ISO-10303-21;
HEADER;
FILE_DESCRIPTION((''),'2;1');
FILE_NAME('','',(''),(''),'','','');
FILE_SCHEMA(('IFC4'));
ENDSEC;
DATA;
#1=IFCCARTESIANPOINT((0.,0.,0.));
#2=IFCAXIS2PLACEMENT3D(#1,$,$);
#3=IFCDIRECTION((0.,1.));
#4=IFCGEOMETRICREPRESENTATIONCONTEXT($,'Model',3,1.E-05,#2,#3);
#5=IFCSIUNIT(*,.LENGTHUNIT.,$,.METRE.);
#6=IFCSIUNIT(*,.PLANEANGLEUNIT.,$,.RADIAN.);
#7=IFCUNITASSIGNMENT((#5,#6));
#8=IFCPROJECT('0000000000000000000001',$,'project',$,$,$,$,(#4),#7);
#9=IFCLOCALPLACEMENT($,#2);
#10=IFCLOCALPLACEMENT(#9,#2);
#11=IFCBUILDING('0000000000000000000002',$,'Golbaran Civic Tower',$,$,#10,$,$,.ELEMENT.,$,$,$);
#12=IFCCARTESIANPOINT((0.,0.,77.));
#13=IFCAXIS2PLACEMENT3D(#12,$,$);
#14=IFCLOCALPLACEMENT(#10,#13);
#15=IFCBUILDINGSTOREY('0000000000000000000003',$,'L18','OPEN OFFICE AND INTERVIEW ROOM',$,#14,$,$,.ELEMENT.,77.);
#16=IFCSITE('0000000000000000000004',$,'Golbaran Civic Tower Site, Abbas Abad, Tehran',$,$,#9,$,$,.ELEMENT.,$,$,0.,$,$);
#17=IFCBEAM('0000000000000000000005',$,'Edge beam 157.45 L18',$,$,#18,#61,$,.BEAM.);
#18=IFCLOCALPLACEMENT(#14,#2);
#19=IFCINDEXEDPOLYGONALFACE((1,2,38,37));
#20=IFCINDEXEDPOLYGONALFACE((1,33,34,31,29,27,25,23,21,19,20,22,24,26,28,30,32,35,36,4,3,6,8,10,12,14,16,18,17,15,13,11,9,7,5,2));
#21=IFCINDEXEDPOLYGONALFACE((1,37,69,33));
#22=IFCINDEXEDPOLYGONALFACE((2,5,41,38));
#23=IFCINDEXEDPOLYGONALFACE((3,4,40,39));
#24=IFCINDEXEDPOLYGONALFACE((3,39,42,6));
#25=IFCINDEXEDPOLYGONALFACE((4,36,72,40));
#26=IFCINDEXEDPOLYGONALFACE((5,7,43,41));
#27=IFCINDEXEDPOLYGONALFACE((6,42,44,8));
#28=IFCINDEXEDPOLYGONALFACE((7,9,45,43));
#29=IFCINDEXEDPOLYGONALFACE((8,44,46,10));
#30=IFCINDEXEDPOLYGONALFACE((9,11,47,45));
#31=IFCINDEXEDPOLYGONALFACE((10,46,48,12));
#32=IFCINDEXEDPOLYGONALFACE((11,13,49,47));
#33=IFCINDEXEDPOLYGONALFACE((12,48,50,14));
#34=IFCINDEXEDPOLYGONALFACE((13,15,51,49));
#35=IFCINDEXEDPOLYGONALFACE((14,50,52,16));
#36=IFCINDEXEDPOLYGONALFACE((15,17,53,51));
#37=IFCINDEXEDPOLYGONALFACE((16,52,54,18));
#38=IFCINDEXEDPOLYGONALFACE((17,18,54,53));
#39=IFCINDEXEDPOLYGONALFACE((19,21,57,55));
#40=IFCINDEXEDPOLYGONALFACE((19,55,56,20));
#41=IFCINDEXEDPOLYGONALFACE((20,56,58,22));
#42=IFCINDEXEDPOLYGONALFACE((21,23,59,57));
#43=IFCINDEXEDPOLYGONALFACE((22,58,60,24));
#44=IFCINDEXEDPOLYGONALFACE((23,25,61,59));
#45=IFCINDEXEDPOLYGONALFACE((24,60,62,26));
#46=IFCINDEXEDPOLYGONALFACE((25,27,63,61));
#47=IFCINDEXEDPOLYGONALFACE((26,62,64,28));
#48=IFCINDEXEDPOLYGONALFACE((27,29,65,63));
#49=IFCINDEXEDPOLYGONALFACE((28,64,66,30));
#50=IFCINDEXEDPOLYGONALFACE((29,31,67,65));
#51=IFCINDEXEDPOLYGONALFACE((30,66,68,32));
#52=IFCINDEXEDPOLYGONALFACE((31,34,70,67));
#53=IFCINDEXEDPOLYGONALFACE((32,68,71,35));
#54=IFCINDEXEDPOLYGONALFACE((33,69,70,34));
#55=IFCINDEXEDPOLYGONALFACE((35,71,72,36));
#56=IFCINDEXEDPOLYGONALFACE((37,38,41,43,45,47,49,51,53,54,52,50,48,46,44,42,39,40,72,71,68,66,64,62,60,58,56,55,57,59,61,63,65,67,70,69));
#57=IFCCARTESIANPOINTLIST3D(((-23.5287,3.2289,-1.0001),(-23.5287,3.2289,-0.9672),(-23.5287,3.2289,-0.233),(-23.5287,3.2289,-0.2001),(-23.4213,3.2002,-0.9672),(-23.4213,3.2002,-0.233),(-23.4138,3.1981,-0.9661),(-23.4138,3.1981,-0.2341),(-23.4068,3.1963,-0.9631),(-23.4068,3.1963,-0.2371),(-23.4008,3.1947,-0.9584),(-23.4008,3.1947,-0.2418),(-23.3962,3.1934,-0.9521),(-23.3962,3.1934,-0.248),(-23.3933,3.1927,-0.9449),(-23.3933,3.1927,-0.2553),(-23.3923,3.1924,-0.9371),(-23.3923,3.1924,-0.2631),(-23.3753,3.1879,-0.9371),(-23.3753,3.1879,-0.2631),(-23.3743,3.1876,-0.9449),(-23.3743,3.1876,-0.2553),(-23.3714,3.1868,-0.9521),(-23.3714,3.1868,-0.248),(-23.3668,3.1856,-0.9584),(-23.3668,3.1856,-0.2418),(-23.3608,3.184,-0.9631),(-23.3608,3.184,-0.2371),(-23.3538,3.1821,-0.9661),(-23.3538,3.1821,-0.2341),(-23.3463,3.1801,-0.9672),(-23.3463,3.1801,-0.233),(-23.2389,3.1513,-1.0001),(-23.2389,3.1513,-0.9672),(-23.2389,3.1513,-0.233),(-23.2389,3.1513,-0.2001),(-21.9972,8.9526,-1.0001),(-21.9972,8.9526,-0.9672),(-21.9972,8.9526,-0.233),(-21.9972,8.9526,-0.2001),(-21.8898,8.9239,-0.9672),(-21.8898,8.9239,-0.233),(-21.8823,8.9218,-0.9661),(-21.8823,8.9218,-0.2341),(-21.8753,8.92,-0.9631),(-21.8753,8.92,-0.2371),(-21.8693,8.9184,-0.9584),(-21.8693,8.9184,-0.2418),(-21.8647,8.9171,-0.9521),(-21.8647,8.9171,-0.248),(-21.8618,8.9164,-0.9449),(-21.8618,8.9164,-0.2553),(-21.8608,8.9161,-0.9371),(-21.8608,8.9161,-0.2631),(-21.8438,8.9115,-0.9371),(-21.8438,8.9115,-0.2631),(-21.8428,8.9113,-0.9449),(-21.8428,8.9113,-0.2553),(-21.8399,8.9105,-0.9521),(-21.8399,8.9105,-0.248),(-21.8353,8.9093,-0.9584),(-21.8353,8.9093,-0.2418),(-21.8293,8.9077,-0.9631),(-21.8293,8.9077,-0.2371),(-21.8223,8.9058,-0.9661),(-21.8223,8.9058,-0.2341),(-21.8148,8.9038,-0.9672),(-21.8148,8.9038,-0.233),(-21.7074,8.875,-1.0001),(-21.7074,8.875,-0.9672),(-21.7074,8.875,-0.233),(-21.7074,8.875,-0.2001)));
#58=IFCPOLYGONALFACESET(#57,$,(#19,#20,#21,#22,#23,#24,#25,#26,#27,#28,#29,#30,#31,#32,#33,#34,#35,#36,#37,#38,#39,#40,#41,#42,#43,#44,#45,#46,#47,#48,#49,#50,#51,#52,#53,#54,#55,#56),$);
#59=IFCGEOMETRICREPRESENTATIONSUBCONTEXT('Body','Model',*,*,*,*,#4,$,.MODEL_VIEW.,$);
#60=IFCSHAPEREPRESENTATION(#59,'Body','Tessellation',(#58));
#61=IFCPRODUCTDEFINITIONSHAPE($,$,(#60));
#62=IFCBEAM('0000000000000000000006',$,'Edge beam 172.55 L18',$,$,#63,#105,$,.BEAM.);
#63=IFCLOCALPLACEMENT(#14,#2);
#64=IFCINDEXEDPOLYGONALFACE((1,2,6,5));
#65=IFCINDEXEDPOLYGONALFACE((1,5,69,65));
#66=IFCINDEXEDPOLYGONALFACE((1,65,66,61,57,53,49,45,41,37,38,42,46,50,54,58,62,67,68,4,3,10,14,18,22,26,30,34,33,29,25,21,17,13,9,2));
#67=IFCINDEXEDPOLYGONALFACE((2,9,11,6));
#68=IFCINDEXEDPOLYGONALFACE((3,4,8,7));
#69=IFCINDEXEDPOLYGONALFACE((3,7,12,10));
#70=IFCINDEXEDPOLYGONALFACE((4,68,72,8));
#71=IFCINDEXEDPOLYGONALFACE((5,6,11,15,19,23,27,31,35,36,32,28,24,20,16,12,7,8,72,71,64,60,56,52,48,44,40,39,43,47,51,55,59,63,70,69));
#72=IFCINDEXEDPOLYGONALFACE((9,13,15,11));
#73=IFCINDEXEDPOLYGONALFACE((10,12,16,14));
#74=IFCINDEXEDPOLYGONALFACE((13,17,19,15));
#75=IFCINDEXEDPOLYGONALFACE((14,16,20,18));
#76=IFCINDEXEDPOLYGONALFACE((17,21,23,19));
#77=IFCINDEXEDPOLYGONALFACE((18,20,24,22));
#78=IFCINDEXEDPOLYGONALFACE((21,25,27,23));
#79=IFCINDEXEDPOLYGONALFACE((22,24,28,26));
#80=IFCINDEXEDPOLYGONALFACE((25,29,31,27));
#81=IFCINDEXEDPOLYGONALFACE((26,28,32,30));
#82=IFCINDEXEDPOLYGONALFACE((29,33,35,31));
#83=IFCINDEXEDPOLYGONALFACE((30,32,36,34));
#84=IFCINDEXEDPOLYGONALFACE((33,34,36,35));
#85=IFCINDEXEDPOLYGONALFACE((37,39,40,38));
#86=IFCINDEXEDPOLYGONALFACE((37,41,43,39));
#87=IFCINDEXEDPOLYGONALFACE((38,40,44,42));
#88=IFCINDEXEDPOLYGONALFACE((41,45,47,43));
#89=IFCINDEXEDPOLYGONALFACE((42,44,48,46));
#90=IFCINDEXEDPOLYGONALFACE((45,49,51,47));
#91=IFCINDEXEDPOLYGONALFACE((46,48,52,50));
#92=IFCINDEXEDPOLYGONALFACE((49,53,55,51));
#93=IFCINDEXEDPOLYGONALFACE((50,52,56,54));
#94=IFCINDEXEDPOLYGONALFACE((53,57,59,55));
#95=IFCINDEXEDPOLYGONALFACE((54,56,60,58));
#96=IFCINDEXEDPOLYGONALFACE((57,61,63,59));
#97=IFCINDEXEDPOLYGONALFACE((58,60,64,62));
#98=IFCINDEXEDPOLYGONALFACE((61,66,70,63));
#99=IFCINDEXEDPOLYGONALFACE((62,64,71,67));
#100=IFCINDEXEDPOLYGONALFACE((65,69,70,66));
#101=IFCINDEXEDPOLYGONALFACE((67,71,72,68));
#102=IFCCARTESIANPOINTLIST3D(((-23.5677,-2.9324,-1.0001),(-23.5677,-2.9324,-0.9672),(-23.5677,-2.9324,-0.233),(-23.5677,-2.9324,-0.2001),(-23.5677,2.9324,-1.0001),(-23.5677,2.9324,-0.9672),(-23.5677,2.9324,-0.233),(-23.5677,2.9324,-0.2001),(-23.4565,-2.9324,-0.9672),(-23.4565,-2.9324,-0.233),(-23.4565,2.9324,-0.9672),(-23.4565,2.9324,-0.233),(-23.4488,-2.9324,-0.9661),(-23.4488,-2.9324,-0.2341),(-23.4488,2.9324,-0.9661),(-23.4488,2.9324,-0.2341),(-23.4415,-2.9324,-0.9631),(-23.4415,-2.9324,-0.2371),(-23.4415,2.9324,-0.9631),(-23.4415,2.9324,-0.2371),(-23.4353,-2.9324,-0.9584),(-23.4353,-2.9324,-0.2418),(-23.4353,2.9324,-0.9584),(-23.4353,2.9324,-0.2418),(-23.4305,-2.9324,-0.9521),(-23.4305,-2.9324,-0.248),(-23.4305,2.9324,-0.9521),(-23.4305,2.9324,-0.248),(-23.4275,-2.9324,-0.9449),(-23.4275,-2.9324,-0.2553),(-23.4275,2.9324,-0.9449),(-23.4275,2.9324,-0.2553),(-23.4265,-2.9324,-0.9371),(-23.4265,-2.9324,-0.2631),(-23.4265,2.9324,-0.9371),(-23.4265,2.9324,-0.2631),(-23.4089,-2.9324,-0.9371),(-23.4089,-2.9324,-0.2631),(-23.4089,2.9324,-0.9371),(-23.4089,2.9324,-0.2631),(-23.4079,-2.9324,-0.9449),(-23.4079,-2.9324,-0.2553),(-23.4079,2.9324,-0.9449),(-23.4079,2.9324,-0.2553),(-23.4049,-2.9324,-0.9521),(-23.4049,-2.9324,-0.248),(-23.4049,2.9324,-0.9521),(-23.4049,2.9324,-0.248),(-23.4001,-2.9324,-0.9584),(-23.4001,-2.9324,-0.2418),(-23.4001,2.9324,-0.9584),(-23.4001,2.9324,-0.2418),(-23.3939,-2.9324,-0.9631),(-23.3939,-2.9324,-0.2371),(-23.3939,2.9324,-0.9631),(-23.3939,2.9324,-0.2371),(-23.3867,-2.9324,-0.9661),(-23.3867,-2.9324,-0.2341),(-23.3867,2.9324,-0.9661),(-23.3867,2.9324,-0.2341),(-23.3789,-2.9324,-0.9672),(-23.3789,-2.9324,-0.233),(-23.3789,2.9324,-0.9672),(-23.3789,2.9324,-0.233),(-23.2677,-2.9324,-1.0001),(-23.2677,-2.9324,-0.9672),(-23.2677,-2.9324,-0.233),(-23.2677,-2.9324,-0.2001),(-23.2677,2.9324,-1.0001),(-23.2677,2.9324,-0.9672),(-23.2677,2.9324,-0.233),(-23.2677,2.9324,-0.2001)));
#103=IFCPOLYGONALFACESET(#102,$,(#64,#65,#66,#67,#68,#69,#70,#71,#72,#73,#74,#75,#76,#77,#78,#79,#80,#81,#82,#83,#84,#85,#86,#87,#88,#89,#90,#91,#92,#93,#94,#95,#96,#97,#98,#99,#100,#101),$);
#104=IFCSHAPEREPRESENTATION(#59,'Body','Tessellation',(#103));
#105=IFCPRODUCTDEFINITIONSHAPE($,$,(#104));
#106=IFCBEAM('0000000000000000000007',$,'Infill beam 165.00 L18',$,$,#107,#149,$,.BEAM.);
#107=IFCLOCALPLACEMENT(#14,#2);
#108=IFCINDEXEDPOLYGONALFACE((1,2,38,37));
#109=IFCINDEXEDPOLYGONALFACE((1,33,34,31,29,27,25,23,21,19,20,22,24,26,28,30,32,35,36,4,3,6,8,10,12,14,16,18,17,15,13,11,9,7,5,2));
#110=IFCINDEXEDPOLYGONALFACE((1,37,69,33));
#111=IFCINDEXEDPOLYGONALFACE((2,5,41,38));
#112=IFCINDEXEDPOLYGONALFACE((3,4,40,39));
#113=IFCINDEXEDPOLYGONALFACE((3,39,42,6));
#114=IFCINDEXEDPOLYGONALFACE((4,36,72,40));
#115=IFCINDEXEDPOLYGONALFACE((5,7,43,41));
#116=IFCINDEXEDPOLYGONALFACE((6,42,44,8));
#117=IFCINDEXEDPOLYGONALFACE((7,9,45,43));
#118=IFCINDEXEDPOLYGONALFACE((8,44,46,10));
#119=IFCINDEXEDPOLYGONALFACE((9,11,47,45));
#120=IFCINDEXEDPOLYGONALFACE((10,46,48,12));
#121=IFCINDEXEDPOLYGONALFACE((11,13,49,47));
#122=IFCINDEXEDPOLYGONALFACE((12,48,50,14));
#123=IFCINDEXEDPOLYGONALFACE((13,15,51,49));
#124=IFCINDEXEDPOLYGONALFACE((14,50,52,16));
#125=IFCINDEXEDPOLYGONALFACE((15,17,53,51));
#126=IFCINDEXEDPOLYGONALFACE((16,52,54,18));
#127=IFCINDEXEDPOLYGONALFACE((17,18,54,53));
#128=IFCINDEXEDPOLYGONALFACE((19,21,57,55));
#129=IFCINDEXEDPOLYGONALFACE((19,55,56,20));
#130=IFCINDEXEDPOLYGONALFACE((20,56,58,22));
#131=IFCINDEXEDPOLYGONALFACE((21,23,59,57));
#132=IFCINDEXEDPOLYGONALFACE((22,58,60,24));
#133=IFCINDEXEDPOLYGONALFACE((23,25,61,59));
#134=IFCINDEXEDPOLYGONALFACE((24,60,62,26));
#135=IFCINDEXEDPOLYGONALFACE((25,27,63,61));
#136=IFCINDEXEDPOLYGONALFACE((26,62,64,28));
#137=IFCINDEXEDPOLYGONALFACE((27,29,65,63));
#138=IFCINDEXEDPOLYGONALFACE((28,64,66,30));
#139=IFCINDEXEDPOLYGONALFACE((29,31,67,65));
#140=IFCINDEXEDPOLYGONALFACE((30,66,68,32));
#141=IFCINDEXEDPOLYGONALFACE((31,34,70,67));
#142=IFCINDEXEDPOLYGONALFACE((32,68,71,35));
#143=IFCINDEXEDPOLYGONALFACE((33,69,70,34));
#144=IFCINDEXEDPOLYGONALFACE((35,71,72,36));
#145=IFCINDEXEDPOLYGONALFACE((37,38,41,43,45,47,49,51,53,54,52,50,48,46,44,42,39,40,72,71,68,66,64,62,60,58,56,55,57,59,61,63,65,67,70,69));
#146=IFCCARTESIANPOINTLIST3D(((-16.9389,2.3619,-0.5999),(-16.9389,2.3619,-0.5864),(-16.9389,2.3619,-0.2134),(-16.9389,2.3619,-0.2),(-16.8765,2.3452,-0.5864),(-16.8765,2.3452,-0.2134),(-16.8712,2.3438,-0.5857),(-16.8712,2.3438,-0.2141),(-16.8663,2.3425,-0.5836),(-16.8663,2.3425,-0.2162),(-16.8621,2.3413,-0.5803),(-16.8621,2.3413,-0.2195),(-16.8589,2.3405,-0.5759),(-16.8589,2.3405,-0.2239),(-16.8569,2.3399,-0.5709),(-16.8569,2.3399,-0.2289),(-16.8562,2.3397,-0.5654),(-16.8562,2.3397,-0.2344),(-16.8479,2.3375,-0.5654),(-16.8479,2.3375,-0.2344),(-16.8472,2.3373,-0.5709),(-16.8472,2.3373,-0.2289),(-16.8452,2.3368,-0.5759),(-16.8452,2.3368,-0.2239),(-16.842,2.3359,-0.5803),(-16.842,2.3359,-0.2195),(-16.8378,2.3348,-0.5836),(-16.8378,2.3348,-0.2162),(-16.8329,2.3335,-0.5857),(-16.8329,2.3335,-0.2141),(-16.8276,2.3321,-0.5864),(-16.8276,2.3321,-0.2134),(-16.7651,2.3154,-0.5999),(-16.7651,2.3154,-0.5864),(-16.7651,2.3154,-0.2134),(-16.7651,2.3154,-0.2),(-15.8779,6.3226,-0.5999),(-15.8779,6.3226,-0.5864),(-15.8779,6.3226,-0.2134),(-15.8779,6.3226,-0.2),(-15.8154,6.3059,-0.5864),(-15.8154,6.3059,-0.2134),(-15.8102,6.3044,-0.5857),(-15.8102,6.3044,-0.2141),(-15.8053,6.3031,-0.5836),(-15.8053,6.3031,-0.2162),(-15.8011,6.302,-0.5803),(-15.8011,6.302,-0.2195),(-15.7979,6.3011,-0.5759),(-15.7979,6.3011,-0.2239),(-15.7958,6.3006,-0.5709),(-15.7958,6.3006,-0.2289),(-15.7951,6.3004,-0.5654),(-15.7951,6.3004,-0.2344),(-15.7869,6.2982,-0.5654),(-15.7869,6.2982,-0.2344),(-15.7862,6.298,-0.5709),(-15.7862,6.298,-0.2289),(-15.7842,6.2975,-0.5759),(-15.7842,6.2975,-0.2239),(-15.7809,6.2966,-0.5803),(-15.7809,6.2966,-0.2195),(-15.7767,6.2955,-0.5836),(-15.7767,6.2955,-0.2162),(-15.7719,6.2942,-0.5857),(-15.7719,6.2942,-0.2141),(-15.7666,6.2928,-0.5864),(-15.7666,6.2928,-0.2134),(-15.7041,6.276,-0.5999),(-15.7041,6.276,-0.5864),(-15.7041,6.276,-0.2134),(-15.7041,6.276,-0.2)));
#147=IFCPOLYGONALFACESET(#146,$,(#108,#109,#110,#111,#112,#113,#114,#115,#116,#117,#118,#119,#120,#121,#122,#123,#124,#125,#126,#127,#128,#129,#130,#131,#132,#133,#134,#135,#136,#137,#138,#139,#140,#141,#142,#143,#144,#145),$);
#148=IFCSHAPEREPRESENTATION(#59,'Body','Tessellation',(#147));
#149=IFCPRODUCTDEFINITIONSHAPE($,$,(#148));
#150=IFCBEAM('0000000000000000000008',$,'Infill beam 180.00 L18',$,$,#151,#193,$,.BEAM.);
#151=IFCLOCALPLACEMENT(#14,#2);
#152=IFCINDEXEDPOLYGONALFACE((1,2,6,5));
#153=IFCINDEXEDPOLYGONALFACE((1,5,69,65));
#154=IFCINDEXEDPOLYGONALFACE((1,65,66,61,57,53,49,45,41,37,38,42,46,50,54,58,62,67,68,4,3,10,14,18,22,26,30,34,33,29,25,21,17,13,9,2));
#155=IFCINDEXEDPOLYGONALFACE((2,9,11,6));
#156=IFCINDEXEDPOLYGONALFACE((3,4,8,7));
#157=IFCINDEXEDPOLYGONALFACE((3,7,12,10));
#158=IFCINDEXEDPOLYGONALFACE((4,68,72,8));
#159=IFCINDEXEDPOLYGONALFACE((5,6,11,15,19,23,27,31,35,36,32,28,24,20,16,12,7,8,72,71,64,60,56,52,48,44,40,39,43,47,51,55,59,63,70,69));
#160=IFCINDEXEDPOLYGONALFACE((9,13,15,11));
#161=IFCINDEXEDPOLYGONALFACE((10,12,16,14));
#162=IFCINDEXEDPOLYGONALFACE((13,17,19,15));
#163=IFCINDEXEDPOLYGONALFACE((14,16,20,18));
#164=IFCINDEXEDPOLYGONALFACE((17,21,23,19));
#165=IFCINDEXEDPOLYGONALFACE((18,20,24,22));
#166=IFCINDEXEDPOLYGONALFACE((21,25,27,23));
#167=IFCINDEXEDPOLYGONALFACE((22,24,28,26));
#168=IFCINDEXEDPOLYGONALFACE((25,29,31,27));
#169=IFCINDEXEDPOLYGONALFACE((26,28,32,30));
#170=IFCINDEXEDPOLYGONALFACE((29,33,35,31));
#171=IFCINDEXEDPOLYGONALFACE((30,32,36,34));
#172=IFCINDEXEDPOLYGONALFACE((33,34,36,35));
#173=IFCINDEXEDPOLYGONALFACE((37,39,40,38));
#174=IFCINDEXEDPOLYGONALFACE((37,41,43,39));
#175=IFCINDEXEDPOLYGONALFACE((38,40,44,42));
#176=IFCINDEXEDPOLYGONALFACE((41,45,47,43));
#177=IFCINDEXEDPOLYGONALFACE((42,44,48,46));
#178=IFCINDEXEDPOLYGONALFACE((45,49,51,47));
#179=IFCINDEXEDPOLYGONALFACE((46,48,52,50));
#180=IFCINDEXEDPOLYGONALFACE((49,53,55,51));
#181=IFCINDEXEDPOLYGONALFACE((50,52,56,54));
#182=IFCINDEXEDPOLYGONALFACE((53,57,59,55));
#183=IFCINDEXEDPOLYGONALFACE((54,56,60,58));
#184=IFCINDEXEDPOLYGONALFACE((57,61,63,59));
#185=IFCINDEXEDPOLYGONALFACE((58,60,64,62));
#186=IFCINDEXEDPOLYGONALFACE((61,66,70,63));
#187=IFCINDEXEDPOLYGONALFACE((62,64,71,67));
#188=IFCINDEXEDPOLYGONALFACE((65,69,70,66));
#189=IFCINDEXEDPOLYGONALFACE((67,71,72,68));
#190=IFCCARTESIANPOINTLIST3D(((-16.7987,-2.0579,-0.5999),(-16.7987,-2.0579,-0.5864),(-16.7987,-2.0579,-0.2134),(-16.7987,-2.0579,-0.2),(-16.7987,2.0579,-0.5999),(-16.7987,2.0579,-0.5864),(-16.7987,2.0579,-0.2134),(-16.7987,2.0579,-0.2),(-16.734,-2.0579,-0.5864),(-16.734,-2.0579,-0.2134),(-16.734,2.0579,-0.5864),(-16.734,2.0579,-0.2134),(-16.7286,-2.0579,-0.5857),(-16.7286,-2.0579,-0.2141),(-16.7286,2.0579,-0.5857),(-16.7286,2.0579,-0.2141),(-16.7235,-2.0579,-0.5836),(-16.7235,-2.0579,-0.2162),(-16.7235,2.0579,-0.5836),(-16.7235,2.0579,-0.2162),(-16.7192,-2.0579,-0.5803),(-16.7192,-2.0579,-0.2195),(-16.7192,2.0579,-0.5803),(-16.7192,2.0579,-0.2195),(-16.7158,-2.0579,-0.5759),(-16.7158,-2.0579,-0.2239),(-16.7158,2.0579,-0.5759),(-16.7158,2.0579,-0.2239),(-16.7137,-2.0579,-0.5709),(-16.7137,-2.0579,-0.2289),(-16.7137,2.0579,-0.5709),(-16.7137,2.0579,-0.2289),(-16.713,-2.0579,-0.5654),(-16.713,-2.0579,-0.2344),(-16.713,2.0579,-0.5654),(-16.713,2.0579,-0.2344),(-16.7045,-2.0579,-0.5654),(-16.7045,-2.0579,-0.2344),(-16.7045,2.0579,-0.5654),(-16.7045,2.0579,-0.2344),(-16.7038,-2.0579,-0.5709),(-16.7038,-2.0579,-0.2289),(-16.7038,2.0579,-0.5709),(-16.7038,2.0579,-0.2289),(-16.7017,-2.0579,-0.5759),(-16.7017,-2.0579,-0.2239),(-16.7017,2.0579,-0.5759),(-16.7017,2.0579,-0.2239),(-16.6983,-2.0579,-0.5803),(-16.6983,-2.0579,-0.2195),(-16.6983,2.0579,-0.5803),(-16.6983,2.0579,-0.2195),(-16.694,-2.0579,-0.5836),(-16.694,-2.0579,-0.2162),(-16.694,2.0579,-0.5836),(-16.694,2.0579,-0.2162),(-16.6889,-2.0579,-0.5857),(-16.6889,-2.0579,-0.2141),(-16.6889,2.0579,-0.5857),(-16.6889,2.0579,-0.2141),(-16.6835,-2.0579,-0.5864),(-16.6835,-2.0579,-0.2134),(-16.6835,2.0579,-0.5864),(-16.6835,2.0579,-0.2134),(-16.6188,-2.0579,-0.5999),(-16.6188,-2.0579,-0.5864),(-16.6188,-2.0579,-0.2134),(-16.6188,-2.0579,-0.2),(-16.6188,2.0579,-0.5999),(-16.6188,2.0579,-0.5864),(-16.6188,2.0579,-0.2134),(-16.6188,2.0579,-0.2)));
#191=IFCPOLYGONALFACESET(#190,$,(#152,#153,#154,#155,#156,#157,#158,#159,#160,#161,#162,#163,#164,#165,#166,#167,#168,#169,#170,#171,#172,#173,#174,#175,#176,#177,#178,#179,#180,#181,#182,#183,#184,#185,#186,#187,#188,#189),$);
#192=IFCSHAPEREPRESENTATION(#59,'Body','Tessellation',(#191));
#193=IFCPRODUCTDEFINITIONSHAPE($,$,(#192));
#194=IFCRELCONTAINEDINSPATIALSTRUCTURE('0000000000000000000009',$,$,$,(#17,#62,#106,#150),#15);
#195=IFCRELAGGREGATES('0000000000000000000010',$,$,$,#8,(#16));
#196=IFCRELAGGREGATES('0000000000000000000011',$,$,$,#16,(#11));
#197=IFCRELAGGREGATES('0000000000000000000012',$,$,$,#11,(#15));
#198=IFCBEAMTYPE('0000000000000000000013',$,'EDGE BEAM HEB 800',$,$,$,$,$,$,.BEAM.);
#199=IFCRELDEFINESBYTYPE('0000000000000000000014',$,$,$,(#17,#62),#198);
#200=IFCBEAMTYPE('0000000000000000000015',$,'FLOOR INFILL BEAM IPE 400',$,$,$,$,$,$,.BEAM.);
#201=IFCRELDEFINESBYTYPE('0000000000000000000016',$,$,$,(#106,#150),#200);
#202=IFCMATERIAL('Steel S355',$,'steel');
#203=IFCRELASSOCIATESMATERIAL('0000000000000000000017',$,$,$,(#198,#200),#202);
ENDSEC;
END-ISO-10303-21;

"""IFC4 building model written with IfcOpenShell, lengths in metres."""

from ifc_helpers import new_model, si_unit, direction, frame, origin, origin_2d, place, context, subcontext, project, spatial, i_section, extrude, material, material_profile, profile_set, type_object, element, save


model = new_model("IFC4")

# Units and contexts
model_context = context("Model", 3, precision=1e-05, world=origin(), true_north=direction((0.0, 1.0)))
body_context = subcontext(model_context, "Body", "Model", "MODEL_VIEW")
ifc_project = project(units=[si_unit("LENGTHUNIT", "METRE"), si_unit("PLANEANGLEUNIT", "RADIAN")], contexts=[model_context])

# Site, building, storey
site_placement = place(None, origin())
site = spatial("IfcSite", under=ifc_project, at=site_placement, Name="Golbaran Civic Tower Site, Abbas Abad, Tehran", CompositionType="ELEMENT", RefElevation=0.0)
building_placement = place(site_placement, origin())
building = spatial("IfcBuilding", under=site, at=building_placement, Name="Golbaran Civic Tower", CompositionType="ELEMENT")
storey_placement = place(building_placement, frame((0.0, 0.0, 77.0)))
storey = spatial("IfcBuildingStorey", under=building, at=storey_placement, Name="L18", Description="OPEN OFFICE AND INTERVIEW ROOM", CompositionType="ELEMENT", Elevation=77.0)

# Beams
ifc_material_1 = material(Name="Steel S355", Category="steel")
ifc_material_profile_1 = material_profile(ifc_material_1, i_section(OverallWidth=0.3, OverallDepth=0.8, WebThickness=0.0176, FlangeThickness=0.033, FilletRadius=0.03, at=origin_2d()), Name="HEB 800")
ifc_profile_set_1 = profile_set([ifc_material_profile_1], Name="Steel S355")
beam_type_1 = type_object("IfcBeamType", Name="EDGE BEAM HEB 800", PredefinedType="BEAM", material=ifc_profile_set_1)
beam_1_placement = place(storey_placement, frame((-21.8523, 8.9138, -0.6001), z_axis=(-0.258481, -0.966016, 0.0), x_axis=(0.966016, -0.258481, 0.0)))
element("IfcBeam", 1, at=beam_1_placement, inside=storey, type_object=beam_type_1, Name="Edge beam 157.45 L18", PredefinedType="BEAM", context=body_context, shape_type="SweptSolid", body=[
    extrude(i_section(OverallWidth=0.3, OverallDepth=0.8, WebThickness=0.0176, FlangeThickness=0.033, FilletRadius=0.03, at=origin_2d()), origin(), (0.0, 0.0, 1.0), 5.925),
])
beam_2_placement = place(storey_placement, frame((-23.4177, 2.9324, -0.6001), z_axis=(0.0, -1.0, 0.0), x_axis=(1.0, 0.0, 0.0)))
element("IfcBeam", 2, at=beam_2_placement, inside=storey, type_object=beam_type_1, Name="Edge beam 172.55 L18", PredefinedType="BEAM", context=body_context, shape_type="SweptSolid", body=[
    extrude(i_section(OverallWidth=0.3, OverallDepth=0.8, WebThickness=0.0176, FlangeThickness=0.033, FilletRadius=0.03, at=origin_2d()), origin(), (0.0, 0.0, 1.0), 5.8647),
])
ifc_material_profile_2 = material_profile(ifc_material_1, i_section(OverallWidth=0.1799, OverallDepth=0.3999, WebThickness=0.0085, FlangeThickness=0.0134, FilletRadius=0.021, at=origin_2d()), Name="IPE 400")
ifc_profile_set_2 = profile_set([ifc_material_profile_2], Name="Steel S355")
beam_type_2 = type_object("IfcBeamType", Name="FLOOR INFILL BEAM IPE 400", PredefinedType="BEAM", material=ifc_profile_set_2)
beam_3_placement = place(storey_placement, frame((-15.791, 6.2993, -0.3999), z_axis=(-0.258767, -0.96594, 0.0), x_axis=(0.96594, -0.258767, 0.0)))
element("IfcBeam", 3, at=beam_3_placement, inside=storey, type_object=beam_type_2, Name="Infill beam 165.00 L18", PredefinedType="BEAM", context=body_context, shape_type="SweptSolid", body=[
    extrude(i_section(OverallWidth=0.1799, OverallDepth=0.3999, WebThickness=0.0085, FlangeThickness=0.0134, FilletRadius=0.021, at=origin_2d()), origin(), (0.0, 0.0, 1.0), 4.1003),
])
beam_4_placement = place(storey_placement, frame((-16.7087, 2.0579, -0.3999), z_axis=(0.0, -1.0, 0.0), x_axis=(1.0, 0.0, 0.0)))
element("IfcBeam", 4, at=beam_4_placement, inside=storey, type_object=beam_type_2, Name="Infill beam 180.00 L18", PredefinedType="BEAM", context=body_context, shape_type="SweptSolid", body=[
    extrude(i_section(OverallWidth=0.1799, OverallDepth=0.3999, WebThickness=0.0085, FlangeThickness=0.0134, FilletRadius=0.021, at=origin_2d()), origin(), (0.0, 0.0, 1.0), 4.1157),
])

save(model, "model.ifc")
